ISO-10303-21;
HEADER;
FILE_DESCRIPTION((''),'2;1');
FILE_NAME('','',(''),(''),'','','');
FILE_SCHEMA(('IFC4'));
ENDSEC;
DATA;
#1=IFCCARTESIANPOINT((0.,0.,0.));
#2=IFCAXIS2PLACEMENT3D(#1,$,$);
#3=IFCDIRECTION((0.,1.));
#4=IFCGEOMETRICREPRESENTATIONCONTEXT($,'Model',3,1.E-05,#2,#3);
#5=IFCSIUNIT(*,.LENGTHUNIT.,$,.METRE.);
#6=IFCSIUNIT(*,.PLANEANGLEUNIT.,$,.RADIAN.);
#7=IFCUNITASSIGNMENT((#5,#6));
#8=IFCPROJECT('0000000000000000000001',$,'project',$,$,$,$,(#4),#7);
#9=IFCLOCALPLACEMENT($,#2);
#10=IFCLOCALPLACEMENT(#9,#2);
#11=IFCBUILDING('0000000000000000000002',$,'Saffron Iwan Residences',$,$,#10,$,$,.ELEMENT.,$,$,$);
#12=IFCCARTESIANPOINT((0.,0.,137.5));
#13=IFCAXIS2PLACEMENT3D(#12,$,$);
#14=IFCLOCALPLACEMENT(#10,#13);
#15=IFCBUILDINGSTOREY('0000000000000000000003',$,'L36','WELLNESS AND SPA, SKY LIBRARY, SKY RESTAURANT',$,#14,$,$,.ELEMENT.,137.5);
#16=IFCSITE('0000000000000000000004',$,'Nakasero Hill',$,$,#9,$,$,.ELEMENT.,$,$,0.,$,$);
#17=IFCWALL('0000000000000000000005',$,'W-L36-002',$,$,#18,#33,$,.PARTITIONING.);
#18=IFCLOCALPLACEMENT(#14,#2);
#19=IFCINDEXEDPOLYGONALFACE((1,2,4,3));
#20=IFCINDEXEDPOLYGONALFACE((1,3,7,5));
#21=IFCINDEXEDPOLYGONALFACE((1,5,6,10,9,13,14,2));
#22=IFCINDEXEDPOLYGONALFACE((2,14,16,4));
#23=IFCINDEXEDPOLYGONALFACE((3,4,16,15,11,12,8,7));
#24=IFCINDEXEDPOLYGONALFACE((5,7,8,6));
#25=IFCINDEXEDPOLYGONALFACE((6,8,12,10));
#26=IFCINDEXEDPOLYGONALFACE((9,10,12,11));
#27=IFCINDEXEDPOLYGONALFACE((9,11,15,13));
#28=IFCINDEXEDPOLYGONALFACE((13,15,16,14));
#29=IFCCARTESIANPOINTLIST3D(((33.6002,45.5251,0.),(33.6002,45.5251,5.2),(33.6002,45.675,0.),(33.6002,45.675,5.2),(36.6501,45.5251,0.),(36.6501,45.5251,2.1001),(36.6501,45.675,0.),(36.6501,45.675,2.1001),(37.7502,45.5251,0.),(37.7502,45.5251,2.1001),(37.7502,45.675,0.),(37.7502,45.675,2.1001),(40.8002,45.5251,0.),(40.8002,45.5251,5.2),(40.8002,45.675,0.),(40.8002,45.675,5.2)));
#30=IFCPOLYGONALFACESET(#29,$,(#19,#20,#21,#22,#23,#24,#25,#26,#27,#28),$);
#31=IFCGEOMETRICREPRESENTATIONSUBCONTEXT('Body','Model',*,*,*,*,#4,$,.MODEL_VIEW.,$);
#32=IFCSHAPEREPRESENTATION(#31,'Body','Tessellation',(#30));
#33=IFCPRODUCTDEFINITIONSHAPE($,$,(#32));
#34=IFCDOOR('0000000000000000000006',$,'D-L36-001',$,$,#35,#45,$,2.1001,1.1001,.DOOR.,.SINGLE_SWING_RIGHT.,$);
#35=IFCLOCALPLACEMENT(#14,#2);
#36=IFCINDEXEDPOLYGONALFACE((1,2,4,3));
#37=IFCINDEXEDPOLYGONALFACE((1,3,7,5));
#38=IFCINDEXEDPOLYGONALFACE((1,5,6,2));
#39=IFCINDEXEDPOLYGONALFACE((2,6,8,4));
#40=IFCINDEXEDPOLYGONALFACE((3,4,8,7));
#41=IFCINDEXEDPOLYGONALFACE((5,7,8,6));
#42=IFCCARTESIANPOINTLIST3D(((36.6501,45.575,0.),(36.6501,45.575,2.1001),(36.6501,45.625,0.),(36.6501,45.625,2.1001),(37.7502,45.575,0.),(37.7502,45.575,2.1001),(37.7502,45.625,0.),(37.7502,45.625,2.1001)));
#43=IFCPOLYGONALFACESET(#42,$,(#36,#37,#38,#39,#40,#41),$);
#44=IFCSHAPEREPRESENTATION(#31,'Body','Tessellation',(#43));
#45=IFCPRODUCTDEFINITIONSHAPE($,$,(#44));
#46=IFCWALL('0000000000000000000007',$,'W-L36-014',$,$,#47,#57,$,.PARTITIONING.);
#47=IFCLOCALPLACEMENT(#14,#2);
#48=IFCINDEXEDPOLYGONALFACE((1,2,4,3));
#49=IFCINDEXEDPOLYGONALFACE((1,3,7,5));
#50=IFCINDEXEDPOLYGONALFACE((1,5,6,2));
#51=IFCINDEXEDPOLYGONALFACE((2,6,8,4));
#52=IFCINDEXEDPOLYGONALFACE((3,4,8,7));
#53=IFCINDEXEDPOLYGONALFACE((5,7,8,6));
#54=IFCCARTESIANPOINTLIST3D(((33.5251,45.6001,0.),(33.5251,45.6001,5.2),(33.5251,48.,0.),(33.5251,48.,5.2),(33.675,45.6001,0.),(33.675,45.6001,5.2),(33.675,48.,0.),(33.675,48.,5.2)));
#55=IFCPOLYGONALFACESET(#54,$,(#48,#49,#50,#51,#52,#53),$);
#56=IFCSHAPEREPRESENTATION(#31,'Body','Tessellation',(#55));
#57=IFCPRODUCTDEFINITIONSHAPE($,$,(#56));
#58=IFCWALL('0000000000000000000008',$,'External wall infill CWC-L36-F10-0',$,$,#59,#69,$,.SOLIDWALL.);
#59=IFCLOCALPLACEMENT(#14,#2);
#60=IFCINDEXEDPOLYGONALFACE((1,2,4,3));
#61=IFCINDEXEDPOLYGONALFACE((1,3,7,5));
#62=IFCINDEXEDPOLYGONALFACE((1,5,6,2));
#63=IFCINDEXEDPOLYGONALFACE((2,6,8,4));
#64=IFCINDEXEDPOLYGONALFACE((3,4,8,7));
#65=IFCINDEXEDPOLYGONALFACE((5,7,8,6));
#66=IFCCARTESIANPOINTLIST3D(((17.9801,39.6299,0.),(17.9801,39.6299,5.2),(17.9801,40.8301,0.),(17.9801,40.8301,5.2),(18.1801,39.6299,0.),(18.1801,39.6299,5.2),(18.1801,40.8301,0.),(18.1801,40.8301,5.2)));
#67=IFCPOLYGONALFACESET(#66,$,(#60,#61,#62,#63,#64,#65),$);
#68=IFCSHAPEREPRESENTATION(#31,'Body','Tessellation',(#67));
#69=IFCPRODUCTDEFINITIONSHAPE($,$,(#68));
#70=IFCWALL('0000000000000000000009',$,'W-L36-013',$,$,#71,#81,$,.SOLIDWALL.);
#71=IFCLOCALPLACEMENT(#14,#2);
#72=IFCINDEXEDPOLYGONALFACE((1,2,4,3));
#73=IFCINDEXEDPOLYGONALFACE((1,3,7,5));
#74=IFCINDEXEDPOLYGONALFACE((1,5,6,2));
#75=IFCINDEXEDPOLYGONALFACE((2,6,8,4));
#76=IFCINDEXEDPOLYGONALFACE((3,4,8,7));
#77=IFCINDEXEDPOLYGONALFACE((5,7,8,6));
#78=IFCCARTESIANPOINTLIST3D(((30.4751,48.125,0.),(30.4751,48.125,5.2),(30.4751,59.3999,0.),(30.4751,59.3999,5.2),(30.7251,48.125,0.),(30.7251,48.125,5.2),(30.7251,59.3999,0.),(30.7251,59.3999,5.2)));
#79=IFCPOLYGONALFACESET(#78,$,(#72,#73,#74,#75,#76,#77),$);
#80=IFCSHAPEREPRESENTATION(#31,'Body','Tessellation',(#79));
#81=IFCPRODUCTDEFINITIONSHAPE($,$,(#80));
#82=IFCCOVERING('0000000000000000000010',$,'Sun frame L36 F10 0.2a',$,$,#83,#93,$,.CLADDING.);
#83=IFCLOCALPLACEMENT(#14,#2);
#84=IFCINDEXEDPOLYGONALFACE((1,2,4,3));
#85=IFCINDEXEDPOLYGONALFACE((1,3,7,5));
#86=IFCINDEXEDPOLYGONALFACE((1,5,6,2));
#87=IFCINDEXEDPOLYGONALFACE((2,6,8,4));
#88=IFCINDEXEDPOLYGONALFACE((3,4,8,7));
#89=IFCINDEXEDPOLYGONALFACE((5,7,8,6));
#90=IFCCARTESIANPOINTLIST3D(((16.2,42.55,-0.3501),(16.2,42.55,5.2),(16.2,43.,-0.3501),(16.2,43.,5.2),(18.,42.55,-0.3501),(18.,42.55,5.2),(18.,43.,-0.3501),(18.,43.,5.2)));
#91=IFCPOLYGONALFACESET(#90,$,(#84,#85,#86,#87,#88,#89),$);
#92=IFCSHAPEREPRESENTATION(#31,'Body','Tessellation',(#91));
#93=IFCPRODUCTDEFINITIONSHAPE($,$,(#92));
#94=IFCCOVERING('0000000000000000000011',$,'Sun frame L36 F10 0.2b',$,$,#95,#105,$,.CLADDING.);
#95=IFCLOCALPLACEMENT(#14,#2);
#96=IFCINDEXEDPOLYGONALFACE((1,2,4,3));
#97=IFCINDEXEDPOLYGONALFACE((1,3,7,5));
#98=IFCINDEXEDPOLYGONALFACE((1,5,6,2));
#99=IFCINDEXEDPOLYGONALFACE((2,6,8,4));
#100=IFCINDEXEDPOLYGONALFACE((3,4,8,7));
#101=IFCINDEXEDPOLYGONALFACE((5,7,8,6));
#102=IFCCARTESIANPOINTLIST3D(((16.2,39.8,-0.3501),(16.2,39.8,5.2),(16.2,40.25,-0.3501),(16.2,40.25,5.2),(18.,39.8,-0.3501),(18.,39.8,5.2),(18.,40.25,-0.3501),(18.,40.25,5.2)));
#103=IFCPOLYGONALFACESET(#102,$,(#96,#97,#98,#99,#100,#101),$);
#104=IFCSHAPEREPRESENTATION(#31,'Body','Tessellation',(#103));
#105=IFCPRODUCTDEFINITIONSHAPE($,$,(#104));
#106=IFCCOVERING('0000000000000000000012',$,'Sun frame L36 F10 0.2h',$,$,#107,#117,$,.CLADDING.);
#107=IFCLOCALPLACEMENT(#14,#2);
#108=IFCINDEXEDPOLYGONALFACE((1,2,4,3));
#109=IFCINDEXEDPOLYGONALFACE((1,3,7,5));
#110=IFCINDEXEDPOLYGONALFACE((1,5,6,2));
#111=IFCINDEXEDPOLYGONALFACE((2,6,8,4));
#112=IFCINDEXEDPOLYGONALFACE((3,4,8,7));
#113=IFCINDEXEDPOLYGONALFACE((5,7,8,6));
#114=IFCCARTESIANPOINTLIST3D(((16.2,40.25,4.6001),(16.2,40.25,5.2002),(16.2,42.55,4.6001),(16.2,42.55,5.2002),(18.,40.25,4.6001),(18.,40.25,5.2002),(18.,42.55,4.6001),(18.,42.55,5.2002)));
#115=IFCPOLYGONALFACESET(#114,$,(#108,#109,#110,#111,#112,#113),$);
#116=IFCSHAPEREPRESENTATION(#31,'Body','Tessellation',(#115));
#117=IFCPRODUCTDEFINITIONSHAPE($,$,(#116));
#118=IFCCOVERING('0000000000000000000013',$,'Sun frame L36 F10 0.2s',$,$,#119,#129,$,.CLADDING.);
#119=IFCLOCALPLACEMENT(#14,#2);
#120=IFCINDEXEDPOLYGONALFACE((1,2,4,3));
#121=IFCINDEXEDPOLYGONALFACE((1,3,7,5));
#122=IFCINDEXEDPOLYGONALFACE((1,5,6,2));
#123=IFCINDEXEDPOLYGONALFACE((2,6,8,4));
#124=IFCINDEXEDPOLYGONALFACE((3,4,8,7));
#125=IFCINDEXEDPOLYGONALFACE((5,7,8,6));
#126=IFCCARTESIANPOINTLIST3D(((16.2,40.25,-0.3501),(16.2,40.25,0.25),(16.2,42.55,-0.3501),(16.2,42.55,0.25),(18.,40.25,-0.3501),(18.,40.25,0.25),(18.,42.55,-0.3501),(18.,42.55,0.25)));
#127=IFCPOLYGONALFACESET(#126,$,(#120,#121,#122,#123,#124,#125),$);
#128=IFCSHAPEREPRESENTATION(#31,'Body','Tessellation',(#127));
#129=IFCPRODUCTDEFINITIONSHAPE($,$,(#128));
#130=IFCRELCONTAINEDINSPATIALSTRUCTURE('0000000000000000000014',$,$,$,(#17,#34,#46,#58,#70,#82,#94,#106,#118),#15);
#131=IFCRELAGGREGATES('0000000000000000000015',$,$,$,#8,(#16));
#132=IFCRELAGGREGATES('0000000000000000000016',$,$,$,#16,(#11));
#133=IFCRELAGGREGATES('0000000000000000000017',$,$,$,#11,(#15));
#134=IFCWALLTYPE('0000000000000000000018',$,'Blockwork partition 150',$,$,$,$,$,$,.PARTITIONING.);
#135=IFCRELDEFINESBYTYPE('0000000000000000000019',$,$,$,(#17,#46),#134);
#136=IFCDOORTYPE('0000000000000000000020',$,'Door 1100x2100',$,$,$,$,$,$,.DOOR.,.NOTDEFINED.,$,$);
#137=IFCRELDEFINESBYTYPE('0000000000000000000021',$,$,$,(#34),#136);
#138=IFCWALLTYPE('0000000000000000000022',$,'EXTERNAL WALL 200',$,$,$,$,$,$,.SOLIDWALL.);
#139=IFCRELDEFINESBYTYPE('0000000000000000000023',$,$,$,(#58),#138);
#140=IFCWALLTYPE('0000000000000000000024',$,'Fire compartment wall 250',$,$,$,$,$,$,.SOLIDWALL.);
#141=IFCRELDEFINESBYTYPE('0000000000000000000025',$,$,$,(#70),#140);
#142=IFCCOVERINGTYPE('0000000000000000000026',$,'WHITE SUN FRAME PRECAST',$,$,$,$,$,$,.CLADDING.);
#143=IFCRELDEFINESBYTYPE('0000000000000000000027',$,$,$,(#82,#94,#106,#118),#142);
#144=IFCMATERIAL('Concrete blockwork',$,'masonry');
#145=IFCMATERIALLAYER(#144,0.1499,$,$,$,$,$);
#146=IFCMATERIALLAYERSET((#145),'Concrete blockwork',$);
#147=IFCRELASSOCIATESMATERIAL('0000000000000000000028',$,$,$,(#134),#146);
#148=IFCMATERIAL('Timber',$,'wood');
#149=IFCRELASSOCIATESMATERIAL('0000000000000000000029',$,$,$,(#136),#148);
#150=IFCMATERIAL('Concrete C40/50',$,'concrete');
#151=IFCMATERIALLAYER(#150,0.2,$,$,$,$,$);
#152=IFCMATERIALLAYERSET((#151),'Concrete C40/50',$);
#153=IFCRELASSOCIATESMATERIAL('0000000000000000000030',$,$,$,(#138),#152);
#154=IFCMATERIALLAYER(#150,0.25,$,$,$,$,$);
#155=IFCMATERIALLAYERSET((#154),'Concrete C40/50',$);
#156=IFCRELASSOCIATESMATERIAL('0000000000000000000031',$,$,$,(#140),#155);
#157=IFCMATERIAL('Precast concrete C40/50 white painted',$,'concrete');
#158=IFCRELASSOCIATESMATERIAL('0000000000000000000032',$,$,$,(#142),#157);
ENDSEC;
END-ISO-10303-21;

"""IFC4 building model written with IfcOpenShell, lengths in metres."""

from ifc_helpers import new_model, si_unit, direction, frame, frame_2d, origin, place, context, subcontext, project, spatial, polyline, rectangle, outline, extrude, material, layer, layer_set, type_object, element, fill, save


model = new_model("IFC4")

# Units and contexts
model_context = context("Model", 3, precision=1e-05, world=origin(), true_north=direction((0.0, 1.0)))
body_context = subcontext(model_context, "Body", "Model", "MODEL_VIEW")
ifc_project = project(units=[si_unit("LENGTHUNIT", "METRE"), si_unit("PLANEANGLEUNIT", "RADIAN")], contexts=[model_context])

# Site, building, storey
site_placement = place(None, origin())
site = spatial("IfcSite", under=ifc_project, at=site_placement, Name="Nakasero Hill", CompositionType="ELEMENT", RefElevation=0.0)
building_placement = place(site_placement, origin())
building = spatial("IfcBuilding", under=site, at=building_placement, Name="Saffron Iwan Residences", CompositionType="ELEMENT")
storey_placement = place(building_placement, frame((0.0, 0.0, 137.5)))
storey = spatial("IfcBuildingStorey", under=building, at=storey_placement, Name="L36", Description="WELLNESS AND SPA, SKY LIBRARY, SKY RESTAURANT", CompositionType="ELEMENT", Elevation=137.5)

# Wall, opening, door
ifc_material_1 = material(Name="Concrete blockwork", Category="masonry")
ifc_layer_1 = layer(ifc_material_1, 0.1499)
ifc_layer_set_1 = layer_set([ifc_layer_1], Name="Concrete blockwork")
wall_type_1 = type_object("IfcWallType", Name="Blockwork partition 150", PredefinedType="PARTITIONING", material=ifc_layer_set_1)
wall_1_placement = place(storey_placement, frame((33.6001, 45.6001, 0.0), z_axis=(0.0, 0.0, 1.0), x_axis=(1.0, 0.0, 0.0)))
wall_1 = element("IfcWall", 1, at=wall_1_placement, inside=storey, type_object=wall_type_1, Name="W-L36-002", PredefinedType="PARTITIONING", context=body_context, shape_type="SweptSolid", body=[
    extrude(rectangle(XDim=7.2, YDim=0.1499, at=frame_2d((3.6001, 0.0))), origin(), (0.0, 0.0, 1.0), 5.2),
])
opening_placement = place(wall_1_placement, frame((3.05, 0.0, 0.0)))
opening = element("IfcOpeningElement", 2, at=opening_placement, cuts=wall_1, PredefinedType="OPENING", context=body_context, shape_type="SweptSolid", body=[
    extrude(rectangle(XDim=1.1001, YDim=2.1001, at=frame_2d((0.55, 1.05))), frame((0.0, 0.085, 0.0), z_axis=(0.0, -1.0, 0.0), x_axis=(1.0, 0.0, 0.0)), (0.0, 0.0, 1.0), 0.1699),
])
ifc_material_2 = material(Name="Timber", Category="wood")
door_type = type_object("IfcDoorType", Name="Door 1100x2100", OperationType="NOTDEFINED", PredefinedType="DOOR", material=ifc_material_2)
door_placement = place(opening_placement, origin())
door = element("IfcDoor", 3, at=door_placement, inside=storey, type_object=door_type, Name="D-L36-001", OperationType="SINGLE_SWING_RIGHT", OverallHeight=2.1001, OverallWidth=1.1001, PredefinedType="DOOR", context=body_context, shape_type="SweptSolid", body=[
    extrude(rectangle(XDim=1.1001, YDim=2.1001, at=frame_2d((0.55, 1.05))), frame((0.0, 0.0249, 0.0), z_axis=(0.0, -1.0, 0.0), x_axis=(1.0, 0.0, 0.0)), (0.0, 0.0, 1.0), 0.05),
])
fill(opening, door)

# Walls
wall_2_placement = place(storey_placement, frame((33.6001, 45.6001, 0.0), z_axis=(0.0, 0.0, 1.0), x_axis=(0.0, 1.0, 0.0)))
element("IfcWall", 4, at=wall_2_placement, inside=storey, type_object=wall_type_1, Name="W-L36-014", PredefinedType="PARTITIONING", context=body_context, shape_type="SweptSolid", body=[
    extrude(rectangle(XDim=2.3999, YDim=0.1499, at=frame_2d((1.2, 0.0))), origin(), (0.0, 0.0, 1.0), 5.2),
])
ifc_material_3 = material(Name="Concrete C40/50", Category="concrete")
ifc_layer_2 = layer(ifc_material_3, 0.2)
ifc_layer_set_2 = layer_set([ifc_layer_2], Name="Concrete C40/50")
wall_type_2 = type_object("IfcWallType", Name="EXTERNAL WALL 200", PredefinedType="SOLIDWALL", material=ifc_layer_set_2)
wall_3_placement = place(storey_placement, frame((18.0801, 40.8301, 0.0), z_axis=(0.0, 0.0, 1.0), x_axis=(0.0, -1.0, 0.0)))
element("IfcWall", 5, at=wall_3_placement, inside=storey, type_object=wall_type_2, Name="External wall infill CWC-L36-F10-0", PredefinedType="SOLIDWALL", context=body_context, shape_type="SweptSolid", body=[
    extrude(rectangle(XDim=1.2002, YDim=0.2, at=frame_2d((0.6001, 0.0))), origin(), (0.0, 0.0, 1.0), 5.2),
])
ifc_layer_3 = layer(ifc_material_3, 0.25)
ifc_layer_set_3 = layer_set([ifc_layer_3], Name="Concrete C40/50")
wall_type_3 = type_object("IfcWallType", Name="Fire compartment wall 250", PredefinedType="SOLIDWALL", material=ifc_layer_set_3)
wall_4_placement = place(storey_placement, frame((30.6001, 48.125, 0.0), z_axis=(0.0, 0.0, 1.0), x_axis=(0.0, 1.0, 0.0)))
element("IfcWall", 6, at=wall_4_placement, inside=storey, type_object=wall_type_3, Name="W-L36-013", PredefinedType="SOLIDWALL", context=body_context, shape_type="SweptSolid", body=[
    extrude(rectangle(XDim=11.2749, YDim=0.25, at=frame_2d((5.6375, 0.0))), origin(), (0.0, 0.0, 1.0), 5.2),
])

# Coverings
ifc_material_4 = material(Name="Precast concrete C40/50 white painted", Category="concrete")
covering_type = type_object("IfcCoveringType", Name="WHITE SUN FRAME PRECAST", PredefinedType="CLADDING", material=ifc_material_4)
for number, where, z_axis, x_axis, name in (
    (7, (18.0, 43.0, -0.3501), (-1.0, 0.0, 0.0), (0.0, -1.0, 0.0), "Sun frame L36 F10 0.2a"),
    (8, (18.0, 40.25, -0.3501), (-1.0, 0.0, 0.0), (0.0, -1.0, 0.0), "Sun frame L36 F10 0.2b"),
):
    element("IfcCovering", number, at=place(storey_placement, frame(where, z_axis=z_axis, x_axis=x_axis)), inside=storey, type_object=covering_type, Name=name, PredefinedType="CLADDING", context=body_context, shape_type="SweptSolid", body=[
        extrude(outline(polyline([(0.0, 0.0), (0.45, 0.0), (0.45, 5.55), (0.0, 5.55), (0.0, 0.0)])), origin(), (0.0, 0.0, 1.0), 1.8),
    ])
for number, where, z_axis, x_axis, name in (
    (9, (18.0, 42.55, 4.6001), (-1.0, 0.0, 0.0), (0.0, -1.0, 0.0), "Sun frame L36 F10 0.2h"),
    (10, (18.0, 42.55, -0.3501), (-1.0, 0.0, 0.0), (0.0, -1.0, 0.0), "Sun frame L36 F10 0.2s"),
):
    element("IfcCovering", number, at=place(storey_placement, frame(where, z_axis=z_axis, x_axis=x_axis)), inside=storey, type_object=covering_type, Name=name, PredefinedType="CLADDING", context=body_context, shape_type="SweptSolid", body=[
        extrude(outline(polyline([(0.0, 0.0), (2.3, 0.0), (2.3, 0.6001), (0.0, 0.6001), (0.0, 0.0)])), origin(), (0.0, 0.0, 1.0), 1.8),
    ])

save(model, "model.ifc")
